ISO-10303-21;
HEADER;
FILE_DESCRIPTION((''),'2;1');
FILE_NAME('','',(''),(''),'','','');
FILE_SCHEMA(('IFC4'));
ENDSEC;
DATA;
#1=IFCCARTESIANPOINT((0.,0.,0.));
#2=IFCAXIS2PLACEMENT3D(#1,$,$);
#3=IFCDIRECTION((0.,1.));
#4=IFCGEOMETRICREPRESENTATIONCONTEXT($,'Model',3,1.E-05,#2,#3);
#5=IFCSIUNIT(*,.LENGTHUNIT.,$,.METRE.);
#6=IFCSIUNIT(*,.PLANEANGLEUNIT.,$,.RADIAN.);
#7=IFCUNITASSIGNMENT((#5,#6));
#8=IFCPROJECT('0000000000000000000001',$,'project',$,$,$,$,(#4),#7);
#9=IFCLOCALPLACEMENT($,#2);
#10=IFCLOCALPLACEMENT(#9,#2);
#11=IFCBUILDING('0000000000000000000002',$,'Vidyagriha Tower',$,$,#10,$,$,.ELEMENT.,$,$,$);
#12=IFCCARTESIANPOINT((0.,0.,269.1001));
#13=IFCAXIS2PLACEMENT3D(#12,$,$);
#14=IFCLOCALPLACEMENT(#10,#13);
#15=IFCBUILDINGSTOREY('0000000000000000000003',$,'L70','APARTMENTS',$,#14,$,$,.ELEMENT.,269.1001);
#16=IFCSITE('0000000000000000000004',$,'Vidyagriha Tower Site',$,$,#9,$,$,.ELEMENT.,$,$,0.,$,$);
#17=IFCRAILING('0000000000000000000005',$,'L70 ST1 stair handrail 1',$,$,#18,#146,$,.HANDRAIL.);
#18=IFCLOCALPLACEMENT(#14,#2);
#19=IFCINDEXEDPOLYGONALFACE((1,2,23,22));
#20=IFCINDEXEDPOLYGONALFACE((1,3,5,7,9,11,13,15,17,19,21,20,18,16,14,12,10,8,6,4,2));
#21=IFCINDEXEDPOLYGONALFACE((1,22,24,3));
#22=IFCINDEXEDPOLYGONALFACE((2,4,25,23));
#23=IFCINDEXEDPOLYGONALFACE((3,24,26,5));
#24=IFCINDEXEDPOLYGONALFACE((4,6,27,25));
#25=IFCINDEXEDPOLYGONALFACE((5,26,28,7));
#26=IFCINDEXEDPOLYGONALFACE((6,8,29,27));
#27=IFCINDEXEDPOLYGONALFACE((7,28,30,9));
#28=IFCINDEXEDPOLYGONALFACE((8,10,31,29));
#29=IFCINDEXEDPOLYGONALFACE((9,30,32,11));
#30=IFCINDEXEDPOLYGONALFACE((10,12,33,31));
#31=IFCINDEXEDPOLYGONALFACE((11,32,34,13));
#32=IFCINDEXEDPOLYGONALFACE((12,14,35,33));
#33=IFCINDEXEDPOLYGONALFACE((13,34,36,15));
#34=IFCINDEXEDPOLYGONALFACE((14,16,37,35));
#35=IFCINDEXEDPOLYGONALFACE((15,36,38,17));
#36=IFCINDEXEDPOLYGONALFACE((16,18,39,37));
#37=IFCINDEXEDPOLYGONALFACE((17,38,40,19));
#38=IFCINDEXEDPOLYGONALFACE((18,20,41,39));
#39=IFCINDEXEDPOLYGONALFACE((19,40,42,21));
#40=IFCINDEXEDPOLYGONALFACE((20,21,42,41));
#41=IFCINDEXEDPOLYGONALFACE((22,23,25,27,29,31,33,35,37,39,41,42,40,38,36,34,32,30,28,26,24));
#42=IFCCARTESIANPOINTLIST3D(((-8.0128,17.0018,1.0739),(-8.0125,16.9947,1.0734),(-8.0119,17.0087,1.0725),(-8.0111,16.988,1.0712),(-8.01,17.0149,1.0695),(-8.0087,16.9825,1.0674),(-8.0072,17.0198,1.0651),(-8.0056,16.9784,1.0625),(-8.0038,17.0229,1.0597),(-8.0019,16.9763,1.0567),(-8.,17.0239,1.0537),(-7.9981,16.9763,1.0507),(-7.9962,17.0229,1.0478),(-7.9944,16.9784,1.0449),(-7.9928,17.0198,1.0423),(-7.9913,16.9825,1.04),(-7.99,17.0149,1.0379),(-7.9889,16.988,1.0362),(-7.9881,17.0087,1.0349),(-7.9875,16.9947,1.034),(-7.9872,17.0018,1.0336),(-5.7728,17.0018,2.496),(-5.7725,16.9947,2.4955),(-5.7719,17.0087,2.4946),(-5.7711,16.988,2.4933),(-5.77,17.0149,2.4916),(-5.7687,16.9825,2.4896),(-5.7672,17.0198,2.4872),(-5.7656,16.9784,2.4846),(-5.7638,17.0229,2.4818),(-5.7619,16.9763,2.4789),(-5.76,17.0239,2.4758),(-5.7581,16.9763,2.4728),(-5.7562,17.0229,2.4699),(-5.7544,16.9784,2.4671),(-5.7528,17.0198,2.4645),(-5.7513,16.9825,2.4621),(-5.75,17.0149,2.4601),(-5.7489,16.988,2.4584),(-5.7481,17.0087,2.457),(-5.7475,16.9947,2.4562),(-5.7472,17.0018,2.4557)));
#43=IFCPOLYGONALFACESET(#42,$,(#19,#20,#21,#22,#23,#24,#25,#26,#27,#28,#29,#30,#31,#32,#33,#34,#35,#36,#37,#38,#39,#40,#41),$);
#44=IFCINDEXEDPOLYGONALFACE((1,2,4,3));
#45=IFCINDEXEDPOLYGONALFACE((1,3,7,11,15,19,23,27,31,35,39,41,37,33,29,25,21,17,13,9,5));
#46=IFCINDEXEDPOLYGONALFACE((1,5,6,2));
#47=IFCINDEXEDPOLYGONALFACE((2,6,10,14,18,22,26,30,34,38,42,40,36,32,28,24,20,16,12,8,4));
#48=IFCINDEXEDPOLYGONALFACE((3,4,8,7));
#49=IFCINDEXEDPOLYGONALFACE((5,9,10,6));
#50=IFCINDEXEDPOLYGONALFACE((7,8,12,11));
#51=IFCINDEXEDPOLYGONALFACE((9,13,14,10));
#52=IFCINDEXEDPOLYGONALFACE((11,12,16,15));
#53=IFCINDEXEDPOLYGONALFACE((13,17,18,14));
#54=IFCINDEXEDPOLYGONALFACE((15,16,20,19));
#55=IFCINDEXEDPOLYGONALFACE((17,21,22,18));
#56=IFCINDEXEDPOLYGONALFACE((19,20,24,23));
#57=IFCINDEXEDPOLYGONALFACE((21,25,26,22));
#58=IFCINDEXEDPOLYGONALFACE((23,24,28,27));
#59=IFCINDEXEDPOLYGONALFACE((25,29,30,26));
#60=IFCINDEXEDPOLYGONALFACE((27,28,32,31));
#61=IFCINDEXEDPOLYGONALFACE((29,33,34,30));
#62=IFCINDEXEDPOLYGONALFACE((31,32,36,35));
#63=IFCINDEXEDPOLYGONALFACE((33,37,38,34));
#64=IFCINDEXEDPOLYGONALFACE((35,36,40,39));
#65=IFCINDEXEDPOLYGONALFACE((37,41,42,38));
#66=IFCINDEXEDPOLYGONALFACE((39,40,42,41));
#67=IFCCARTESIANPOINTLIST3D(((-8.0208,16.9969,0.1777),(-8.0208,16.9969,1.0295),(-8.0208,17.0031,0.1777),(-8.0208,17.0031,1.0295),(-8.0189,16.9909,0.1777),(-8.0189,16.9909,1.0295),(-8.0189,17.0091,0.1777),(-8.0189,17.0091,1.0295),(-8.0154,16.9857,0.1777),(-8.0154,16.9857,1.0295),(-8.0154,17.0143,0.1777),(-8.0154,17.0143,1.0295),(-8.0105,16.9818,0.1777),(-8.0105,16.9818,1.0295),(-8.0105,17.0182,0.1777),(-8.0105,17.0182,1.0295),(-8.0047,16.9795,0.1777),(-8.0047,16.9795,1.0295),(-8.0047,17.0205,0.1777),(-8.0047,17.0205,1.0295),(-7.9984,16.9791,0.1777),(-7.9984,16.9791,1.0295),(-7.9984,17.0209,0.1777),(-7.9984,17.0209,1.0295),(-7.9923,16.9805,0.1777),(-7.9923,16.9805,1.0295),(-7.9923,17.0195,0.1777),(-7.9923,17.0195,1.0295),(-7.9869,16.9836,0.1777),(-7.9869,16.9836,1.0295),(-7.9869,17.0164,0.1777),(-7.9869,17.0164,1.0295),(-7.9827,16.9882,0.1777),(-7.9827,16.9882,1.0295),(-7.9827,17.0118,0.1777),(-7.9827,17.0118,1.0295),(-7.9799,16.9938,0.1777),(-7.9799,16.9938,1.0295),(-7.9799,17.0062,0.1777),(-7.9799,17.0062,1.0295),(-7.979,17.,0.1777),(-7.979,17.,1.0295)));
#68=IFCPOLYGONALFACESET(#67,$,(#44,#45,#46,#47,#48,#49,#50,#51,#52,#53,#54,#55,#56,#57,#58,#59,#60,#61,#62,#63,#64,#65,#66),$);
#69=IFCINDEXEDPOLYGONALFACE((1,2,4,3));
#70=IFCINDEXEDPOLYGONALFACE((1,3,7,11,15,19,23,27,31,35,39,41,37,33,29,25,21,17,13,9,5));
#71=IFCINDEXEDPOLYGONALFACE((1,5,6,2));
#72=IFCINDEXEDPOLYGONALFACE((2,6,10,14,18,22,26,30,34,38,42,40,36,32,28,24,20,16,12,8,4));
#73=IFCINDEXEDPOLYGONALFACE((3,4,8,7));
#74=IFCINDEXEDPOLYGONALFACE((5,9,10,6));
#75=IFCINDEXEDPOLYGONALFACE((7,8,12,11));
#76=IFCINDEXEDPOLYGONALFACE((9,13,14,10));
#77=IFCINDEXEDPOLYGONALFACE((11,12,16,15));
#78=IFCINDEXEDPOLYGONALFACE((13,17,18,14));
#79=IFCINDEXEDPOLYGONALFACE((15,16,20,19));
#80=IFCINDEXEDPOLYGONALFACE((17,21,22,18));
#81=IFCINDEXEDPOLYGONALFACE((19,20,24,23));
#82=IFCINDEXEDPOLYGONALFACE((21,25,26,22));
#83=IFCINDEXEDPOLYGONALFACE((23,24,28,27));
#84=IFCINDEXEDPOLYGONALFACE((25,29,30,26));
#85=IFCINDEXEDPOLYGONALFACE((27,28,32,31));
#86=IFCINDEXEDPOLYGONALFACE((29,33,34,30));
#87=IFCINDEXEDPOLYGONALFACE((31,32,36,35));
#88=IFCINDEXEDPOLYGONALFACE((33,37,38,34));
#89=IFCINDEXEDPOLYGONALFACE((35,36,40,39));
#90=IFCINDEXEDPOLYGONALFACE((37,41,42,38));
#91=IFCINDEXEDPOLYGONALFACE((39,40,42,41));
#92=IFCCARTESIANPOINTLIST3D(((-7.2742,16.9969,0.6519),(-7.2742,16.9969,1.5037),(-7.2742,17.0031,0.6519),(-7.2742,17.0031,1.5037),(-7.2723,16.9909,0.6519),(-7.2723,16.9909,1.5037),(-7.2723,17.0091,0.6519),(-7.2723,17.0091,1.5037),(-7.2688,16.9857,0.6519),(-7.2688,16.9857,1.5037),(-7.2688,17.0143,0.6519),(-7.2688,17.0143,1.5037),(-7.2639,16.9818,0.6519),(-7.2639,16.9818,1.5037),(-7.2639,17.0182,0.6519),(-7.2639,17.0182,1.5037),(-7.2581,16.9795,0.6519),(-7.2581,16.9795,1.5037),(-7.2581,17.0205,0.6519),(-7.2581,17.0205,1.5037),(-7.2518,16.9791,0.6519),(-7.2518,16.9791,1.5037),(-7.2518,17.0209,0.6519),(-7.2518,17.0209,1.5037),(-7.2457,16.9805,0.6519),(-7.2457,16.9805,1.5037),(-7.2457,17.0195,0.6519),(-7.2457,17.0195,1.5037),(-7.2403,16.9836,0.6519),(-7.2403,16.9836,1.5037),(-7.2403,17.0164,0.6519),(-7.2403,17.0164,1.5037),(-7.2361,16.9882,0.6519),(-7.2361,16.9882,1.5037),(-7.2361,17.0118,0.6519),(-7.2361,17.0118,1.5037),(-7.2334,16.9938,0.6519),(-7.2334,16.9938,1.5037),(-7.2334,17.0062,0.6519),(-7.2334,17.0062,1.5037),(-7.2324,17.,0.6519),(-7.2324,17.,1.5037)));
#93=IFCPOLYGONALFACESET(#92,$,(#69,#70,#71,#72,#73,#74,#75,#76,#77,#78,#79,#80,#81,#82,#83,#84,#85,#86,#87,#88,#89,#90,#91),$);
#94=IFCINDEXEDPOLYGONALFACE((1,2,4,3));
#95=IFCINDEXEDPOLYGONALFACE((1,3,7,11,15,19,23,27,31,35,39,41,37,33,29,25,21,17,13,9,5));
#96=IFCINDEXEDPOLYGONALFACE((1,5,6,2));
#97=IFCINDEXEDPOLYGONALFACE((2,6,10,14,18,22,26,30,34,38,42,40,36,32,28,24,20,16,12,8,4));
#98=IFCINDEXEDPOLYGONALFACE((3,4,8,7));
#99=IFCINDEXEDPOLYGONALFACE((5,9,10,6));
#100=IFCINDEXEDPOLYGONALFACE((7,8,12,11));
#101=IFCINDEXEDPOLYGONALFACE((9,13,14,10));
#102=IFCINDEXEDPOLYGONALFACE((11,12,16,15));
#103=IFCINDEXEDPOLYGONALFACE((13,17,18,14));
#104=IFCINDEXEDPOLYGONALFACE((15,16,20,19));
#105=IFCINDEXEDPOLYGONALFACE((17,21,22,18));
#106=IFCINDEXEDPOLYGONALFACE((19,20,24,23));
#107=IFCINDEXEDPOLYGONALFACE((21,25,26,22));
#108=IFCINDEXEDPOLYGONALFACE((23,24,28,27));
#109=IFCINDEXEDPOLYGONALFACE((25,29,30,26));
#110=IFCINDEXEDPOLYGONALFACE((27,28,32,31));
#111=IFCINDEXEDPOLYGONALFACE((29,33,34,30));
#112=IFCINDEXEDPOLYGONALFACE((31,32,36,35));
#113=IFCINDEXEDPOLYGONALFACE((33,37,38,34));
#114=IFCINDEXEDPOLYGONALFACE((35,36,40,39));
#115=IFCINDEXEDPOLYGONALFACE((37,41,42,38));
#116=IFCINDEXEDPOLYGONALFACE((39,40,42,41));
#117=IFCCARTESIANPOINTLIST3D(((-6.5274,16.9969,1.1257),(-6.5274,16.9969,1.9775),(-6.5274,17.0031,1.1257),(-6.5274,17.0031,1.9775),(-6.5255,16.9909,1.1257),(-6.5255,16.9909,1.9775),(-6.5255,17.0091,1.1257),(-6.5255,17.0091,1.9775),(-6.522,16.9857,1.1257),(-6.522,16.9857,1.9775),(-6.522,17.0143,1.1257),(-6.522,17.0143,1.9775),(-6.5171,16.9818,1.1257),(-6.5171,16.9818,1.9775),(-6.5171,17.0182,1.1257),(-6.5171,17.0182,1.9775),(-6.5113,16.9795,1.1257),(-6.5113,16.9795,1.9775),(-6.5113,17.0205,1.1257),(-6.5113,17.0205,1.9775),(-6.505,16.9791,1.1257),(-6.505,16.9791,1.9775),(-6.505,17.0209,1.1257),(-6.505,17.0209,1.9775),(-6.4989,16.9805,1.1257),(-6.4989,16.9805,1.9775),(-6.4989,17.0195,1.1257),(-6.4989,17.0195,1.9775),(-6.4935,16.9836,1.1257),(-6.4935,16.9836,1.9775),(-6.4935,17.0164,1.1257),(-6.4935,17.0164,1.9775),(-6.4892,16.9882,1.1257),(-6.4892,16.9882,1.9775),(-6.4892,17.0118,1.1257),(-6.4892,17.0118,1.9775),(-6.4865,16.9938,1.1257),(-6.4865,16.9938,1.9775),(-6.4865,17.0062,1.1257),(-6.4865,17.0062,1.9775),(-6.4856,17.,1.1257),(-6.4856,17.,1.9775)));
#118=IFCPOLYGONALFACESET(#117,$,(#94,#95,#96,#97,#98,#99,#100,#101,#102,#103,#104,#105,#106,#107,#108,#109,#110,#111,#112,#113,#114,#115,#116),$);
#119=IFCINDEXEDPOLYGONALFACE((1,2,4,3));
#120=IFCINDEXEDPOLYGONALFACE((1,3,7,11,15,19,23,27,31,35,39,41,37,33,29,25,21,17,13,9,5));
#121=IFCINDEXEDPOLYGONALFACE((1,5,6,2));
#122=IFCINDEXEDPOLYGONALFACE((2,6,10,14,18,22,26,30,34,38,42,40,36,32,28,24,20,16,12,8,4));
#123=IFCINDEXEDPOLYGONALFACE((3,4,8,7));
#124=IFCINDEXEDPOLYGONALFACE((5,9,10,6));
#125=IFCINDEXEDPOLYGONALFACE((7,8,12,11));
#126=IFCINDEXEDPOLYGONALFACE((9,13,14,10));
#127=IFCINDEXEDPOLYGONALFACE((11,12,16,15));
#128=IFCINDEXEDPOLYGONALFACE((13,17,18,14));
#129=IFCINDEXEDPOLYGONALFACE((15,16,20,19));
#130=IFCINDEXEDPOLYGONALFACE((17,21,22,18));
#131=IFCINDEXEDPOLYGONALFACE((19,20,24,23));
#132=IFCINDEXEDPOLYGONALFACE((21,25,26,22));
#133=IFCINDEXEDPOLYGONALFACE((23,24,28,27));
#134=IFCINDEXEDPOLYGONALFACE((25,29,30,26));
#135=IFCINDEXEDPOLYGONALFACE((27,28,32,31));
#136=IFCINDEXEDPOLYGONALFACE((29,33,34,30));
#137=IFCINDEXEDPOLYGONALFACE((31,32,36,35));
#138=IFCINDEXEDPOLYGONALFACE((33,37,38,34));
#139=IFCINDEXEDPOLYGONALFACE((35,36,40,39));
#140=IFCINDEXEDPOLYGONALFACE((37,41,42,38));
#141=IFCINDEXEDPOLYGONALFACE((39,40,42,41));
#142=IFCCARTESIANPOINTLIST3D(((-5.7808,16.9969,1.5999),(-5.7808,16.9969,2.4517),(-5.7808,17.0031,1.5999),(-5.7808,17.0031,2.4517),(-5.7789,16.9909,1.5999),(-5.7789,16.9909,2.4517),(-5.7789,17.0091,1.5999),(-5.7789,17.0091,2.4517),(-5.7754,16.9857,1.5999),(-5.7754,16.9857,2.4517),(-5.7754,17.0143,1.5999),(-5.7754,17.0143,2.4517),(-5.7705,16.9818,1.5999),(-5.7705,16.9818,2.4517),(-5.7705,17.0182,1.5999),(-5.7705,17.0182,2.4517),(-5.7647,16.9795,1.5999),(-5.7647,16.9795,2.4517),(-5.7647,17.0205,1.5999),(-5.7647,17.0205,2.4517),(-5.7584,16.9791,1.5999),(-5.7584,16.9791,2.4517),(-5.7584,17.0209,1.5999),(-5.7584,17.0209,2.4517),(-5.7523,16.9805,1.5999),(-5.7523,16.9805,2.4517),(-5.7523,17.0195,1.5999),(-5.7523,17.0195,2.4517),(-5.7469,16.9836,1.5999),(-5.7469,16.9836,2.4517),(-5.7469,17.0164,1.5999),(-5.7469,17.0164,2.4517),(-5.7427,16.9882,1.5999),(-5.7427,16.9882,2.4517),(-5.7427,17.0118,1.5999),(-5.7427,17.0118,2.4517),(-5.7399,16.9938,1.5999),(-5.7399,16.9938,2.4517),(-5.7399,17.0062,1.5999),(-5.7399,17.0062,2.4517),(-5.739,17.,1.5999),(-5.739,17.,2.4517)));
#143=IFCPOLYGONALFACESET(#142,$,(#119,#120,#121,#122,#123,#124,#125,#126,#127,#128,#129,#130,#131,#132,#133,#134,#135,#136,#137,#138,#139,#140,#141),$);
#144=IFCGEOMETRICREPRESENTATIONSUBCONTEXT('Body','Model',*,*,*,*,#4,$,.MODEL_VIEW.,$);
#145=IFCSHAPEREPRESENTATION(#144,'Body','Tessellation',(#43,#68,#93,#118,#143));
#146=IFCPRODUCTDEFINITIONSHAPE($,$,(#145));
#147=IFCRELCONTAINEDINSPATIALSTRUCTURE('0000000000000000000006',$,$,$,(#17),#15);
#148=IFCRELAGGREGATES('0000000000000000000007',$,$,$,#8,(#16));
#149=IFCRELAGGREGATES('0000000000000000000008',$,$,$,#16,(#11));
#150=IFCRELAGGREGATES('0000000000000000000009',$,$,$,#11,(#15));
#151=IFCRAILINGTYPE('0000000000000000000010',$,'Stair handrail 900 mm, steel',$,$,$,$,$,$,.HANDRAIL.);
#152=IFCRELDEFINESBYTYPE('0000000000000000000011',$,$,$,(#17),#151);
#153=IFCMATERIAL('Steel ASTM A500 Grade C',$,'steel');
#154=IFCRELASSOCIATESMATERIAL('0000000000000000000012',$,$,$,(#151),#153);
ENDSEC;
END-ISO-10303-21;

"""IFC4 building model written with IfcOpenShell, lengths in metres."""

from ifc_helpers import new_model, si_unit, direction, frame, origin, origin_2d, place, context, subcontext, project, spatial, circle, extrude, material, type_object, element, save


model = new_model("IFC4")

# Units and contexts
model_context = context("Model", 3, precision=1e-05, world=origin(), true_north=direction((0.0, 1.0)))
body_context = subcontext(model_context, "Body", "Model", "MODEL_VIEW")
ifc_project = project(units=[si_unit("LENGTHUNIT", "METRE"), si_unit("PLANEANGLEUNIT", "RADIAN")], contexts=[model_context])

# Site, building, storey
site_placement = place(None, origin())
site = spatial("IfcSite", under=ifc_project, at=site_placement, Name="Vidyagriha Tower Site", CompositionType="ELEMENT", RefElevation=0.0)
building_placement = place(site_placement, origin())
building = spatial("IfcBuilding", under=site, at=building_placement, Name="Vidyagriha Tower", CompositionType="ELEMENT")
storey_placement = place(building_placement, frame((0.0, 0.0, 269.1001)))
storey = spatial("IfcBuildingStorey", under=building, at=storey_placement, Name="L70", Description="APARTMENTS", CompositionType="ELEMENT", Elevation=269.1001)

# Railing
ifc_material_1 = material(Name="Steel ASTM A500 Grade C", Category="steel")
railing_type_1 = type_object("IfcRailingType", Name="Stair handrail 900 mm, steel", PredefinedType="HANDRAIL", material=ifc_material_1)
for number, where, name in (
    (1, (-8.0, 17.0, 0.1777), "L70 ST1 stair handrail 1"),
):
    element("IfcRailing", number, at=place(storey_placement, frame(where)), inside=storey, type_object=railing_type_1, Name=name, PredefinedType="HANDRAIL", context=body_context, shape_type="SweptSolid", body=[
        extrude(circle(Radius=0.0239, at=origin_2d()), frame((0.0, 0.0, 0.876), z_axis=(0.844229, 0.0, 0.535982), x_axis=(0.0, 1.0, 0.0)), (0.0, 0.0, 1.0), 2.6533),
        extrude(circle(Radius=0.021, at=origin_2d()), origin(), (0.0, 0.0, 1.0), 0.8518),
        extrude(circle(Radius=0.021, at=origin_2d()), frame((0.7466, 0.0, 0.4741)), (0.0, 0.0, 1.0), 0.8518),
        extrude(circle(Radius=0.021, at=origin_2d()), frame((1.4934, 0.0, 0.948)), (0.0, 0.0, 1.0), 0.8518),
        extrude(circle(Radius=0.021, at=origin_2d()), frame((2.24, 0.0, 1.4221)), (0.0, 0.0, 1.0), 0.8518),
    ])

save(model, "model.ifc")
